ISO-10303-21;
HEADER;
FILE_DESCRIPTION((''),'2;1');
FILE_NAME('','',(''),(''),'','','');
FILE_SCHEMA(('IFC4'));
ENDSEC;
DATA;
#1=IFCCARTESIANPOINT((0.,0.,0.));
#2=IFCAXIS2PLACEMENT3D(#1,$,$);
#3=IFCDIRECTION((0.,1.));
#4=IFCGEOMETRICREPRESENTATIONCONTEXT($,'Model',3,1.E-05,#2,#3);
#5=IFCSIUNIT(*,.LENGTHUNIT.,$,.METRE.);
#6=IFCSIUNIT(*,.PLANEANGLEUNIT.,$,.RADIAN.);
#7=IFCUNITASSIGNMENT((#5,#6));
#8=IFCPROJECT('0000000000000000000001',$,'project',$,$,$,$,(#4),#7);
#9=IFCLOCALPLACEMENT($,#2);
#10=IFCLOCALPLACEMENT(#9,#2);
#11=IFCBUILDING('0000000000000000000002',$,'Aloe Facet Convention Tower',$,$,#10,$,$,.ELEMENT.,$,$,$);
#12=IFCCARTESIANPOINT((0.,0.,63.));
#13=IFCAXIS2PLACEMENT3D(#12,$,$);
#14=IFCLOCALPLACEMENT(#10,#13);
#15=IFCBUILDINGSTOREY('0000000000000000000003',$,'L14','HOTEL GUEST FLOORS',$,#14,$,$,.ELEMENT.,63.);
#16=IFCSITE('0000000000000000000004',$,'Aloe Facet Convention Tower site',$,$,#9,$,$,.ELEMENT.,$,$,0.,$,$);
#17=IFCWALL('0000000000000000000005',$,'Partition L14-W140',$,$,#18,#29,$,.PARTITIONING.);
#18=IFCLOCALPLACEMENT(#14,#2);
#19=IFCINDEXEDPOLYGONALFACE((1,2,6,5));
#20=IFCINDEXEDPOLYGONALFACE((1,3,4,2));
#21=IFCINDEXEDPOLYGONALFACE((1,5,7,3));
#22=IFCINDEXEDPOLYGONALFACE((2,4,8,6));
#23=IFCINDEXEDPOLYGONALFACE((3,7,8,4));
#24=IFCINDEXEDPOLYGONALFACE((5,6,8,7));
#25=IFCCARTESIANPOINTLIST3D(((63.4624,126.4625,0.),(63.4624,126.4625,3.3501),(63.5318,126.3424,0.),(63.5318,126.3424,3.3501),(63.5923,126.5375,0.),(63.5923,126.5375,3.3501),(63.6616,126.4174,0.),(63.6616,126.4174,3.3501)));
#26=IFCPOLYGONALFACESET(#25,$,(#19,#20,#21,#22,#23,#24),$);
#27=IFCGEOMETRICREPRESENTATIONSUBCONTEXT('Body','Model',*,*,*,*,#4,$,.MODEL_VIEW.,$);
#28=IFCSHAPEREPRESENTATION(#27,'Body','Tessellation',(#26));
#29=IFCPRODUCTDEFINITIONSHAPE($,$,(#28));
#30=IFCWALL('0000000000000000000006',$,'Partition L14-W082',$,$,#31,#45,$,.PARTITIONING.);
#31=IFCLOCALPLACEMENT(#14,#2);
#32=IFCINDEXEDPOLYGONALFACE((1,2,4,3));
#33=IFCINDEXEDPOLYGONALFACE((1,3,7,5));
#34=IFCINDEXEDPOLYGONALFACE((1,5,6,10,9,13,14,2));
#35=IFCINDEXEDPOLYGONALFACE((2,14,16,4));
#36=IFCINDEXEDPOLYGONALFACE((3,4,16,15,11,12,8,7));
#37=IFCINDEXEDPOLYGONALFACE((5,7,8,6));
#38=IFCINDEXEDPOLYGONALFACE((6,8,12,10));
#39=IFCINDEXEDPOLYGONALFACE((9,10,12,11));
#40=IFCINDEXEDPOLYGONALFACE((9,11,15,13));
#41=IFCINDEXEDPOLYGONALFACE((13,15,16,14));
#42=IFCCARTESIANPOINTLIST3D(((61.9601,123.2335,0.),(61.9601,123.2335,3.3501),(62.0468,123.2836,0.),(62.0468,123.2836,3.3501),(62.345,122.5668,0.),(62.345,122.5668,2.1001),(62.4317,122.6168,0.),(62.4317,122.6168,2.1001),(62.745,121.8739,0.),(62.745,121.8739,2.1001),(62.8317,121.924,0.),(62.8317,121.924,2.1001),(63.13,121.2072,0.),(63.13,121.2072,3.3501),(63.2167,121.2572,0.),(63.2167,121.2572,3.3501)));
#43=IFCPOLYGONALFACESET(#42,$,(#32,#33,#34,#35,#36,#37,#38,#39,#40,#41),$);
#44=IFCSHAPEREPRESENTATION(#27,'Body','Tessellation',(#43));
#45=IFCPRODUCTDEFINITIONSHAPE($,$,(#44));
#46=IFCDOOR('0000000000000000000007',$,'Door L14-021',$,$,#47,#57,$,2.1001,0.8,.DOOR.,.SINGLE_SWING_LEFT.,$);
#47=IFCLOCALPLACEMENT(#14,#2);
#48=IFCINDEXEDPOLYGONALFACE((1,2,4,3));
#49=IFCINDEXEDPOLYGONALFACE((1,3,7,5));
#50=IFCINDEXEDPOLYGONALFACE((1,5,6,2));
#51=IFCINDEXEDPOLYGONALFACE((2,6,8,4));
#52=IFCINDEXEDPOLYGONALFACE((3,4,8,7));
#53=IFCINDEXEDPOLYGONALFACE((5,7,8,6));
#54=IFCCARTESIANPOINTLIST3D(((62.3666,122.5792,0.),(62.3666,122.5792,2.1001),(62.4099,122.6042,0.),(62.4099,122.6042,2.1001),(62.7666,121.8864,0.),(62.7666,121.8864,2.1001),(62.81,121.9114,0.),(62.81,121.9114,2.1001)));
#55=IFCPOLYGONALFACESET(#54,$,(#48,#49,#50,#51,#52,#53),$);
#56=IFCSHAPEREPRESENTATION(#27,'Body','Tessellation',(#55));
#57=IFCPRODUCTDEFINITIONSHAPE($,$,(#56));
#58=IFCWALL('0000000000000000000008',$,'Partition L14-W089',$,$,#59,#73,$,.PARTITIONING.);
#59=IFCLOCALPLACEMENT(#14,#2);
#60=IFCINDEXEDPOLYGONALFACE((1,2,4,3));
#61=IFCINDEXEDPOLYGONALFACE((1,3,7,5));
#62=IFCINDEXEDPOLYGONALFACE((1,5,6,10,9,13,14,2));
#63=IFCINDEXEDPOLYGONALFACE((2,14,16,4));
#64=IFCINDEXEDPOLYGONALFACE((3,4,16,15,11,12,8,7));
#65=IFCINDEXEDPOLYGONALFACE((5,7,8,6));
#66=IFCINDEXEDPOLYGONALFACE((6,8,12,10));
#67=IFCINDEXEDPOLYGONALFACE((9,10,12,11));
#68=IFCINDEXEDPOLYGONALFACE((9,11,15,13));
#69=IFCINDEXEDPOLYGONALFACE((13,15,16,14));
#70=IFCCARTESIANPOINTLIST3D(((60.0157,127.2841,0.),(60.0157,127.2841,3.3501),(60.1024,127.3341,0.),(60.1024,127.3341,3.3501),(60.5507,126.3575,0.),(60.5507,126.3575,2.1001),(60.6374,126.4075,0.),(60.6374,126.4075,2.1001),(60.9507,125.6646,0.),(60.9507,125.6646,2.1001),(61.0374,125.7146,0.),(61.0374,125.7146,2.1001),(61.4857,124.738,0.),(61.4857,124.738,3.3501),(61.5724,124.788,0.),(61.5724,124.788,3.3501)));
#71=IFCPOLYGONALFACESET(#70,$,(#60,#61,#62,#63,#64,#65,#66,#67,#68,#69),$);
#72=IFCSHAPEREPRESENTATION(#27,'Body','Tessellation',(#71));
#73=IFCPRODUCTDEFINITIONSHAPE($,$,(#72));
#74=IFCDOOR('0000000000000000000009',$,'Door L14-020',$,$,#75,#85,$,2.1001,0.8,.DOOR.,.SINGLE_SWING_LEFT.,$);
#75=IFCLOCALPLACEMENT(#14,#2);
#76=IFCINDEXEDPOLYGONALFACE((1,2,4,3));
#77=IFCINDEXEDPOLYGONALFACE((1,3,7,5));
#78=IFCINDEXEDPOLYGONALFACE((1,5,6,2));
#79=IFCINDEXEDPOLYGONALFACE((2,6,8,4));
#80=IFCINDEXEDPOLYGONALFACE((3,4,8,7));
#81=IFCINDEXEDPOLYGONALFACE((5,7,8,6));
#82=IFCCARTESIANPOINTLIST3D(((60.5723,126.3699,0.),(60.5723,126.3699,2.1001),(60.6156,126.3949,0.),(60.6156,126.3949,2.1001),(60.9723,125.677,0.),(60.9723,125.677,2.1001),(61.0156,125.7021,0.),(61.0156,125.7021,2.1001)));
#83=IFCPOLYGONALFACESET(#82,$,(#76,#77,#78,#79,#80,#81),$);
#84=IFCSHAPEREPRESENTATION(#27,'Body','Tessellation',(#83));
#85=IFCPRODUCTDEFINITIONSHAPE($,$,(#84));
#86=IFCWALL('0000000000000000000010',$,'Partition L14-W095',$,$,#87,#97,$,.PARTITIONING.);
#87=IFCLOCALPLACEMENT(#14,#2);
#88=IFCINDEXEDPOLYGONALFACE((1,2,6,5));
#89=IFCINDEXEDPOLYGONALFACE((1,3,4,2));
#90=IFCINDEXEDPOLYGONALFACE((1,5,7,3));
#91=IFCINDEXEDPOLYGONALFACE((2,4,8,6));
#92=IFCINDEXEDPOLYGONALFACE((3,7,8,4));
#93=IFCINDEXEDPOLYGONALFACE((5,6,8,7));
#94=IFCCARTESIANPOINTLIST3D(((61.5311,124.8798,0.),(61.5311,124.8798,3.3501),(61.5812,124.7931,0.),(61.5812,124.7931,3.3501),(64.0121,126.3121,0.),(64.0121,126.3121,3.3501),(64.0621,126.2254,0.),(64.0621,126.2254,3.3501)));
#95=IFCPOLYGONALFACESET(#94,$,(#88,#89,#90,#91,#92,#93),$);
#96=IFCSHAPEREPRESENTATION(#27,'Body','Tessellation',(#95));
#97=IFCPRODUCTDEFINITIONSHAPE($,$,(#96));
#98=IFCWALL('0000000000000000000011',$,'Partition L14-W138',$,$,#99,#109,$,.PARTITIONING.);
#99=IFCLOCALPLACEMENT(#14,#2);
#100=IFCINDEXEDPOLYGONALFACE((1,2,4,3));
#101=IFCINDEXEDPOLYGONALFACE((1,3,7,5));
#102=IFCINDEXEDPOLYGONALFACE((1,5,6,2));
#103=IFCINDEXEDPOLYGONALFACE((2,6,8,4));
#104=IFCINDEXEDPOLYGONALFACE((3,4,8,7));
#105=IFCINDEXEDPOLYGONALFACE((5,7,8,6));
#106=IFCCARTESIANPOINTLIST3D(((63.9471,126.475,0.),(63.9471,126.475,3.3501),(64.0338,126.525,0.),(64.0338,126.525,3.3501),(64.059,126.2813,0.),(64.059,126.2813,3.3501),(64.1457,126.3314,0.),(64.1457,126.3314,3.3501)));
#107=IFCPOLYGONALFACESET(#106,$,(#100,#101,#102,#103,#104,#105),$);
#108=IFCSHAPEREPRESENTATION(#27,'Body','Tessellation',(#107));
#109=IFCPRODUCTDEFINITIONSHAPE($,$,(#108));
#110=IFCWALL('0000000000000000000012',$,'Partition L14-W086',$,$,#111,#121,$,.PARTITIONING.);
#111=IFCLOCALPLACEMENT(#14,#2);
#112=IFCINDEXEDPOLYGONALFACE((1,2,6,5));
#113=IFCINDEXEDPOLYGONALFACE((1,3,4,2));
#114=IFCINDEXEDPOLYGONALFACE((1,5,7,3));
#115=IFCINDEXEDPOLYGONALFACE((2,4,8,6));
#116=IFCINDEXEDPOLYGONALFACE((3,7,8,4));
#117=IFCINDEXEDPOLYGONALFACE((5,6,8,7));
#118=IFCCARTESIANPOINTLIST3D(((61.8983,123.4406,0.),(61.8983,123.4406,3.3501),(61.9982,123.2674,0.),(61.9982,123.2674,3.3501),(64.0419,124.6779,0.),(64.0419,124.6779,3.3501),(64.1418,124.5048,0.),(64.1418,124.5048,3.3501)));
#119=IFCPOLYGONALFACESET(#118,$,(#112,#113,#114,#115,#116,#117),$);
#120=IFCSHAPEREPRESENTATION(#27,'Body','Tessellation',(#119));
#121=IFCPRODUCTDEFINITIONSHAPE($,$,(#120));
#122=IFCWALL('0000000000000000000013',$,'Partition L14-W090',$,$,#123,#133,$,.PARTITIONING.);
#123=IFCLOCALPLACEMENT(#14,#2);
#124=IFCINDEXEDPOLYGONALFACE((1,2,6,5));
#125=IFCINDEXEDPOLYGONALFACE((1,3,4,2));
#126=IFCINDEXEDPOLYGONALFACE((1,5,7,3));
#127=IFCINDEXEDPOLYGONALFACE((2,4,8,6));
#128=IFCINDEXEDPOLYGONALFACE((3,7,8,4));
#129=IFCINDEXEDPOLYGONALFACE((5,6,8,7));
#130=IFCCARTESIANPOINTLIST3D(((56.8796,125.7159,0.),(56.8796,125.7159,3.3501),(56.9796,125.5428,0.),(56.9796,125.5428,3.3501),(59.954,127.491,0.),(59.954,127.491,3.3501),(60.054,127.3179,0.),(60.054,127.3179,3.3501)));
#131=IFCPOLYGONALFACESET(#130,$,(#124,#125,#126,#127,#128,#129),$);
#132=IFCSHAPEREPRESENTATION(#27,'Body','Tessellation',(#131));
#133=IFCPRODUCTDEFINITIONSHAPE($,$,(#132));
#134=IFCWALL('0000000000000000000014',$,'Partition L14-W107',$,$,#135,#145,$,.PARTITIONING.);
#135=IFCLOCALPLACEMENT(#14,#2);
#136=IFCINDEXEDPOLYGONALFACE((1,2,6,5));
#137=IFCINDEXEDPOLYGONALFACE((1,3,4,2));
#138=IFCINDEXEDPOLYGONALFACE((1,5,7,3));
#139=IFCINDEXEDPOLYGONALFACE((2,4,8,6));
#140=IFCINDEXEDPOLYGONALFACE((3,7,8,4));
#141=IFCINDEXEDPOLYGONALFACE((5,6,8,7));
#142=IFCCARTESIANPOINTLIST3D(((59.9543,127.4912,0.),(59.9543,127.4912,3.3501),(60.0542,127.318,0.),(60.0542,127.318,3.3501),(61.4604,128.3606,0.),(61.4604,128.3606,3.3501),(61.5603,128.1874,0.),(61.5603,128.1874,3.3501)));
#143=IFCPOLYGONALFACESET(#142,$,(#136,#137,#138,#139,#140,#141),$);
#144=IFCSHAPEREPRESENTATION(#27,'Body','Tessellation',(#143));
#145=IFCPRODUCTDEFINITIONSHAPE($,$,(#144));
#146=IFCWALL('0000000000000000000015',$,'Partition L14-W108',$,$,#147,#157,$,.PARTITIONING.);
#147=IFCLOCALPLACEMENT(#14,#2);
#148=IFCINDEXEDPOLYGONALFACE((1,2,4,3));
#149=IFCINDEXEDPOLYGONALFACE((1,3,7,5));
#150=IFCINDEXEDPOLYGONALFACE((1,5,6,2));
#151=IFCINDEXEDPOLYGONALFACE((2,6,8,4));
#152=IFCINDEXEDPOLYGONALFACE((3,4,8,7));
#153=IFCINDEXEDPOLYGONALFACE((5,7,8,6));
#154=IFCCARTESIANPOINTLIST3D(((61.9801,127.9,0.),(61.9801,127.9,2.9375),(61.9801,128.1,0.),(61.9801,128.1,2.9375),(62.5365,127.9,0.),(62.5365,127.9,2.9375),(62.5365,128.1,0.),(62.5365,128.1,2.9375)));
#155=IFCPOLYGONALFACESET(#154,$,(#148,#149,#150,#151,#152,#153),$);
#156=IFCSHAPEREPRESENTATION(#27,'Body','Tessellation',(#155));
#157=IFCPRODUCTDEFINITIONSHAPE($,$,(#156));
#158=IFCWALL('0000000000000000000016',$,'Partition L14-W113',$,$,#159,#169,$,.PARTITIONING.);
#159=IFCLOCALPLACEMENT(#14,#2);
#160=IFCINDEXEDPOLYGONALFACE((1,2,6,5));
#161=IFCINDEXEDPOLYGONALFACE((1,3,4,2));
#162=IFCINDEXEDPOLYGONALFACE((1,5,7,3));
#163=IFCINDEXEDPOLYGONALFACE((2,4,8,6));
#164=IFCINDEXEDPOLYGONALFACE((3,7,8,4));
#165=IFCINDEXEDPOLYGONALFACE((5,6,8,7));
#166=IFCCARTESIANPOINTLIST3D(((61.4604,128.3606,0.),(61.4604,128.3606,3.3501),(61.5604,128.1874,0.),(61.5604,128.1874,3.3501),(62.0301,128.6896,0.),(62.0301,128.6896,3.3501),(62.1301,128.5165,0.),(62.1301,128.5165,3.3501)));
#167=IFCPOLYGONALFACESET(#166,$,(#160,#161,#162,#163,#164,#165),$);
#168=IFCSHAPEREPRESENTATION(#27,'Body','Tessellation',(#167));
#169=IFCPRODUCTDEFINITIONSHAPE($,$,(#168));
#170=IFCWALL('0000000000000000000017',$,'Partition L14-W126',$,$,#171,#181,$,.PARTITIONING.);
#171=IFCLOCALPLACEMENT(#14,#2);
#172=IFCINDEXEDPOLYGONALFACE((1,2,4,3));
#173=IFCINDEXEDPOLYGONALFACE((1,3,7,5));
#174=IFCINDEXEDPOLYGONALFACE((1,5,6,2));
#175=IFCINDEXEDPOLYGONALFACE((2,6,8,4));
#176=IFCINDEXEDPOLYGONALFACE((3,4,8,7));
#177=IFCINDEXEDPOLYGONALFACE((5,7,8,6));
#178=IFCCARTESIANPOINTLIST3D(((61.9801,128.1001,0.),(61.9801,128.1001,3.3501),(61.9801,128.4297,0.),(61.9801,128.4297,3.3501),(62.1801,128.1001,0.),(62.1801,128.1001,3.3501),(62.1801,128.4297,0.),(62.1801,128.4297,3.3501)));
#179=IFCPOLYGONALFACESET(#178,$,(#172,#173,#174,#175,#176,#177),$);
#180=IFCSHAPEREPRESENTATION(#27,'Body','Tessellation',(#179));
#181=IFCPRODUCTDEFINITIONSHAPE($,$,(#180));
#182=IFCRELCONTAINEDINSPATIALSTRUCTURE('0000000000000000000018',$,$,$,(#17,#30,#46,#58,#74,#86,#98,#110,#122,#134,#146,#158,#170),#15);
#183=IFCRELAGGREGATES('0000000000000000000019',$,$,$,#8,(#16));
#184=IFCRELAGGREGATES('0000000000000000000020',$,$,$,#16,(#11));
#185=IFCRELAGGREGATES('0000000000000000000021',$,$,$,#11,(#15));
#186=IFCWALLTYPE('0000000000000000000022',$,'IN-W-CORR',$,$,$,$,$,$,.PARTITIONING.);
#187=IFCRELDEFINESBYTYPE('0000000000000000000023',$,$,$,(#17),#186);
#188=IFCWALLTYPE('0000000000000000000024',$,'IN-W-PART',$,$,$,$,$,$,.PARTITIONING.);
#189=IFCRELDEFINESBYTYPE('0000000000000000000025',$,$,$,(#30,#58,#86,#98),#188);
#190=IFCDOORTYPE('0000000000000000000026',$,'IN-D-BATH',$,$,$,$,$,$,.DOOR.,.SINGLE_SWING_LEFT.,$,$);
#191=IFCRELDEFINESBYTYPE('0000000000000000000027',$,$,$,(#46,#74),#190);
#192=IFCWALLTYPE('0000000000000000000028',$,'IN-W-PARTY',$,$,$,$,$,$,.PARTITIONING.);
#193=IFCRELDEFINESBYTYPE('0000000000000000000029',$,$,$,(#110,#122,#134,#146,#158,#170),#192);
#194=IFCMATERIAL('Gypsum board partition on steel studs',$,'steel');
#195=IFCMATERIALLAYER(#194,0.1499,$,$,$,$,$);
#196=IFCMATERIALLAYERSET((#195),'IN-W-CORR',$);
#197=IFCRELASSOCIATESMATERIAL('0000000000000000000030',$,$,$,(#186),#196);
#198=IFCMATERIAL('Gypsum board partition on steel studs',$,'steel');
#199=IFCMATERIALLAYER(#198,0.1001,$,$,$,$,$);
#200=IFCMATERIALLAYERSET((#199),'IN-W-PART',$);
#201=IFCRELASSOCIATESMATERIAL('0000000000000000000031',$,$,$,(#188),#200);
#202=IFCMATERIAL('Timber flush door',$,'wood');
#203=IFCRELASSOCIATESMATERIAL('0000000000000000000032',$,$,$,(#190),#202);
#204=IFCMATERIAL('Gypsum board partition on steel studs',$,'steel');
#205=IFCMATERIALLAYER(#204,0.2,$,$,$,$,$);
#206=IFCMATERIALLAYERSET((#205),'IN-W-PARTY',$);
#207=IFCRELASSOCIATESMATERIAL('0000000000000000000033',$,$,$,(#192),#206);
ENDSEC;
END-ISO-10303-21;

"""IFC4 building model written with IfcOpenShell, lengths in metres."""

from ifc_helpers import new_model, si_unit, direction, frame, frame_2d, origin, place, context, subcontext, project, spatial, rectangle, extrude, material, layer, layer_set, type_object, element, fill, save


model = new_model("IFC4")

# Units and contexts
model_context = context("Model", 3, precision=1e-05, world=origin(), true_north=direction((0.0, 1.0)))
body_context = subcontext(model_context, "Body", "Model", "MODEL_VIEW")
ifc_project = project(units=[si_unit("LENGTHUNIT", "METRE"), si_unit("PLANEANGLEUNIT", "RADIAN")], contexts=[model_context])

# Site, building, storey
site_placement = place(None, origin())
site = spatial("IfcSite", under=ifc_project, at=site_placement, Name="Aloe Facet Convention Tower site", CompositionType="ELEMENT", RefElevation=0.0)
building_placement = place(site_placement, origin())
building = spatial("IfcBuilding", under=site, at=building_placement, Name="Aloe Facet Convention Tower", CompositionType="ELEMENT")
storey_placement = place(building_placement, frame((0.0, 0.0, 63.0)))
storey = spatial("IfcBuildingStorey", under=building, at=storey_placement, Name="L14", Description="HOTEL GUEST FLOORS", CompositionType="ELEMENT", Elevation=63.0)

# Shared definitions
ifc_material_1 = material(Name="Gypsum board partition on steel studs", Category="steel")
ifc_layer_1 = layer(ifc_material_1, 0.1499)
ifc_layer_set_1 = layer_set([ifc_layer_1], Name="IN-W-CORR")
wall_type_1 = type_object("IfcWallType", Name="IN-W-CORR", PredefinedType="PARTITIONING", material=ifc_layer_set_1)

# Wall
wall_1_placement = place(storey_placement, frame((63.5273, 126.5, 0.0), z_axis=(0.0, 0.0, 1.0), x_axis=(0.499926, -0.866068, 0.0)))
element("IfcWall", 1, at=wall_1_placement, inside=storey, type_object=wall_type_1, Name="Partition L14-W140", PredefinedType="PARTITIONING", context=body_context, shape_type="SweptSolid", body=[
    extrude(rectangle(XDim=0.1387, YDim=0.1499, at=frame_2d((0.0693, 0.0))), origin(), (0.0, 0.0, 1.0), 3.3501),
])

# Walls, openings, doors
ifc_material_2 = material(Name="Gypsum board partition on steel studs", Category="steel")
ifc_layer_2 = layer(ifc_material_2, 0.1001)
ifc_layer_set_2 = layer_set([ifc_layer_2], Name="IN-W-PART")
wall_type_2 = type_object("IfcWallType", Name="IN-W-PART", PredefinedType="PARTITIONING", material=ifc_layer_set_2)
wall_2_placement = place(storey_placement, frame((62.0034, 123.2585, 0.0), z_axis=(0.0, 0.0, 1.0), x_axis=(0.499999, -0.866026, 0.0)))
wall_2 = element("IfcWall", 2, at=wall_2_placement, inside=storey, type_object=wall_type_2, Name="Partition L14-W082", PredefinedType="PARTITIONING", context=body_context, shape_type="SweptSolid", body=[
    extrude(rectangle(XDim=2.3398, YDim=0.1001, at=frame_2d((1.1699, 0.0))), origin(), (0.0, 0.0, 1.0), 3.3501),
])
opening_1_placement = place(wall_2_placement, frame((0.77, 0.0, 0.0)))
opening_1 = element("IfcOpeningElement", 3, at=opening_1_placement, cuts=wall_2, PredefinedType="OPENING", context=body_context, shape_type="SweptSolid", body=[
    extrude(rectangle(XDim=0.8, YDim=2.1001, at=frame_2d((0.3999, 1.05))), frame((0.0, 0.0601, 0.0), z_axis=(0.0, -1.0, 0.0), x_axis=(1.0, 0.0, 0.0)), (0.0, 0.0, 1.0), 0.1201),
])
ifc_material_3 = material(Name="Timber flush door", Category="wood")
door_type_1 = type_object("IfcDoorType", Name="IN-D-BATH", OperationType="SINGLE_SWING_LEFT", PredefinedType="DOOR", material=ifc_material_3)
door_1_placement = place(opening_1_placement, origin())
door_1 = element("IfcDoor", 4, at=door_1_placement, inside=storey, type_object=door_type_1, Name="Door L14-021", OperationType="SINGLE_SWING_LEFT", OverallHeight=2.1001, OverallWidth=0.8, PredefinedType="DOOR", context=body_context, shape_type="SweptSolid", body=[
    extrude(rectangle(XDim=0.8, YDim=2.1001, at=frame_2d((0.3999, 1.05))), frame((0.0, 0.0249, 0.0), z_axis=(0.0, -1.0, 0.0), x_axis=(1.0, 0.0, 0.0)), (0.0, 0.0, 1.0), 0.05),
])
fill(opening_1, door_1)
wall_3_placement = place(storey_placement, frame((60.0591, 127.3091, 0.0), z_axis=(0.0, 0.0, 1.0), x_axis=(0.499988, -0.866032, 0.0)))
wall_3 = element("IfcWall", 5, at=wall_3_placement, inside=storey, type_object=wall_type_2, Name="Partition L14-W089", PredefinedType="PARTITIONING", context=body_context, shape_type="SweptSolid", body=[
    extrude(rectangle(XDim=2.9399, YDim=0.1001, at=frame_2d((1.47, 0.0))), origin(), (0.0, 0.0, 1.0), 3.3501),
])
opening_2_placement = place(wall_3_placement, frame((1.0701, 0.0, 0.0)))
opening_2 = element("IfcOpeningElement", 6, at=opening_2_placement, cuts=wall_3, PredefinedType="OPENING", context=body_context, shape_type="SweptSolid", body=[
    extrude(rectangle(XDim=0.8, YDim=2.1001, at=frame_2d((0.3999, 1.05))), frame((0.0, 0.0601, 0.0), z_axis=(0.0, -1.0, 0.0), x_axis=(1.0, 0.0, 0.0)), (0.0, 0.0, 1.0), 0.1201),
])
door_2_placement = place(opening_2_placement, origin())
door_2 = element("IfcDoor", 7, at=door_2_placement, inside=storey, type_object=door_type_1, Name="Door L14-020", OperationType="SINGLE_SWING_LEFT", OverallHeight=2.1001, OverallWidth=0.8, PredefinedType="DOOR", context=body_context, shape_type="SweptSolid", body=[
    extrude(rectangle(XDim=0.8, YDim=2.1001, at=frame_2d((0.3999, 1.05))), frame((0.0, 0.0249, 0.0), z_axis=(0.0, -1.0, 0.0), x_axis=(1.0, 0.0, 0.0)), (0.0, 0.0, 1.0), 0.05),
])
fill(opening_2, door_2)

# Walls
wall_4_placement = place(storey_placement, frame((61.5562, 124.8364, 0.0), z_axis=(0.0, 0.0, 1.0), x_axis=(0.866027, 0.499998, 0.0)))
element("IfcWall", 8, at=wall_4_placement, inside=storey, type_object=wall_type_2, Name="Partition L14-W095", PredefinedType="PARTITIONING", context=body_context, shape_type="SweptSolid", body=[
    extrude(rectangle(XDim=2.8647, YDim=0.1001, at=frame_2d((1.4324, 0.0))), origin(), (0.0, 0.0, 1.0), 3.3501),
])
wall_5_placement = place(storey_placement, frame((63.9905, 126.5, 0.0), z_axis=(0.0, 0.0, 1.0), x_axis=(0.500132, -0.865949, 0.0)))
element("IfcWall", 9, at=wall_5_placement, inside=storey, type_object=wall_type_2, Name="Partition L14-W138", PredefinedType="PARTITIONING", context=body_context, shape_type="SweptSolid", body=[
    extrude(rectangle(XDim=0.2236, YDim=0.1001, at=frame_2d((0.1118, 0.0))), origin(), (0.0, 0.0, 1.0), 3.3501),
])
ifc_material_4 = material(Name="Gypsum board partition on steel studs", Category="steel")
ifc_layer_3 = layer(ifc_material_4, 0.2)
ifc_layer_set_3 = layer_set([ifc_layer_3], Name="IN-W-PARTY")
wall_type_3 = type_object("IfcWallType", Name="IN-W-PARTY", PredefinedType="PARTITIONING", material=ifc_layer_set_3)
wall_6_placement = place(storey_placement, frame((61.9482, 123.354, 0.0), z_axis=(0.0, 0.0, 1.0), x_axis=(0.866074, 0.499916, 0.0)))
element("IfcWall", 10, at=wall_6_placement, inside=storey, type_object=wall_type_3, Name="Partition L14-W086", PredefinedType="PARTITIONING", context=body_context, shape_type="SweptSolid", body=[
    extrude(rectangle(XDim=2.4751, YDim=0.2, at=frame_2d((1.2375, 0.0))), origin(), (0.0, 0.0, 1.0), 3.3501),
])
wall_7_placement = place(storey_placement, frame((56.9297, 125.6294, 0.0), z_axis=(0.0, 0.0, 1.0), x_axis=(0.866013, 0.500022, 0.0)))
element("IfcWall", 11, at=wall_7_placement, inside=storey, type_object=wall_type_3, Name="Partition L14-W090", PredefinedType="PARTITIONING", context=body_context, shape_type="SweptSolid", body=[
    extrude(rectangle(XDim=3.55, YDim=0.2, at=frame_2d((1.7749, 0.0))), origin(), (0.0, 0.0, 1.0), 3.3501),
])
wall_8_placement = place(storey_placement, frame((60.0042, 127.4045, 0.0), z_axis=(0.0, 0.0, 1.0), x_axis=(0.866066, 0.499929, 0.0)))
element("IfcWall", 12, at=wall_8_placement, inside=storey, type_object=wall_type_3, Name="Partition L14-W107", PredefinedType="PARTITIONING", context=body_context, shape_type="SweptSolid", body=[
    extrude(rectangle(XDim=1.739, YDim=0.2, at=frame_2d((0.8696, 0.0))), origin(), (0.0, 0.0, 1.0), 3.3501),
])
wall_9_placement = place(storey_placement, frame((61.98, 128.0, 0.0), z_axis=(0.0, 0.0, 1.0), x_axis=(1.0, 0.0, 0.0)))
element("IfcWall", 13, at=wall_9_placement, inside=storey, type_object=wall_type_3, Name="Partition L14-W108", PredefinedType="PARTITIONING", context=body_context, shape_type="SweptSolid", body=[
    extrude(rectangle(XDim=0.5564, YDim=0.2, at=frame_2d((0.2783, 0.0))), origin(), (0.0, 0.0, 1.0), 2.9375),
])
wall_10_placement = place(storey_placement, frame((61.5103, 128.2739, 0.0), z_axis=(0.0, 0.0, 1.0), x_axis=(0.865951, 0.500129, 0.0)))
element("IfcWall", 14, at=wall_10_placement, inside=storey, type_object=wall_type_3, Name="Partition L14-W113", PredefinedType="PARTITIONING", context=body_context, shape_type="SweptSolid", body=[
    extrude(rectangle(XDim=0.658, YDim=0.2, at=frame_2d((0.3291, 0.0))), origin(), (0.0, 0.0, 1.0), 3.3501),
])
wall_11_placement = place(storey_placement, frame((62.0801, 128.1001, 0.0), z_axis=(0.0, 0.0, 1.0), x_axis=(0.0, 1.0, 0.0)))
element("IfcWall", 15, at=wall_11_placement, inside=storey, type_object=wall_type_3, Name="Partition L14-W126", PredefinedType="PARTITIONING", context=body_context, shape_type="SweptSolid", body=[
    extrude(rectangle(XDim=0.3296, YDim=0.2, at=frame_2d((0.1648, 0.0))), origin(), (0.0, 0.0, 1.0), 3.3501),
])

save(model, "model.ifc")
